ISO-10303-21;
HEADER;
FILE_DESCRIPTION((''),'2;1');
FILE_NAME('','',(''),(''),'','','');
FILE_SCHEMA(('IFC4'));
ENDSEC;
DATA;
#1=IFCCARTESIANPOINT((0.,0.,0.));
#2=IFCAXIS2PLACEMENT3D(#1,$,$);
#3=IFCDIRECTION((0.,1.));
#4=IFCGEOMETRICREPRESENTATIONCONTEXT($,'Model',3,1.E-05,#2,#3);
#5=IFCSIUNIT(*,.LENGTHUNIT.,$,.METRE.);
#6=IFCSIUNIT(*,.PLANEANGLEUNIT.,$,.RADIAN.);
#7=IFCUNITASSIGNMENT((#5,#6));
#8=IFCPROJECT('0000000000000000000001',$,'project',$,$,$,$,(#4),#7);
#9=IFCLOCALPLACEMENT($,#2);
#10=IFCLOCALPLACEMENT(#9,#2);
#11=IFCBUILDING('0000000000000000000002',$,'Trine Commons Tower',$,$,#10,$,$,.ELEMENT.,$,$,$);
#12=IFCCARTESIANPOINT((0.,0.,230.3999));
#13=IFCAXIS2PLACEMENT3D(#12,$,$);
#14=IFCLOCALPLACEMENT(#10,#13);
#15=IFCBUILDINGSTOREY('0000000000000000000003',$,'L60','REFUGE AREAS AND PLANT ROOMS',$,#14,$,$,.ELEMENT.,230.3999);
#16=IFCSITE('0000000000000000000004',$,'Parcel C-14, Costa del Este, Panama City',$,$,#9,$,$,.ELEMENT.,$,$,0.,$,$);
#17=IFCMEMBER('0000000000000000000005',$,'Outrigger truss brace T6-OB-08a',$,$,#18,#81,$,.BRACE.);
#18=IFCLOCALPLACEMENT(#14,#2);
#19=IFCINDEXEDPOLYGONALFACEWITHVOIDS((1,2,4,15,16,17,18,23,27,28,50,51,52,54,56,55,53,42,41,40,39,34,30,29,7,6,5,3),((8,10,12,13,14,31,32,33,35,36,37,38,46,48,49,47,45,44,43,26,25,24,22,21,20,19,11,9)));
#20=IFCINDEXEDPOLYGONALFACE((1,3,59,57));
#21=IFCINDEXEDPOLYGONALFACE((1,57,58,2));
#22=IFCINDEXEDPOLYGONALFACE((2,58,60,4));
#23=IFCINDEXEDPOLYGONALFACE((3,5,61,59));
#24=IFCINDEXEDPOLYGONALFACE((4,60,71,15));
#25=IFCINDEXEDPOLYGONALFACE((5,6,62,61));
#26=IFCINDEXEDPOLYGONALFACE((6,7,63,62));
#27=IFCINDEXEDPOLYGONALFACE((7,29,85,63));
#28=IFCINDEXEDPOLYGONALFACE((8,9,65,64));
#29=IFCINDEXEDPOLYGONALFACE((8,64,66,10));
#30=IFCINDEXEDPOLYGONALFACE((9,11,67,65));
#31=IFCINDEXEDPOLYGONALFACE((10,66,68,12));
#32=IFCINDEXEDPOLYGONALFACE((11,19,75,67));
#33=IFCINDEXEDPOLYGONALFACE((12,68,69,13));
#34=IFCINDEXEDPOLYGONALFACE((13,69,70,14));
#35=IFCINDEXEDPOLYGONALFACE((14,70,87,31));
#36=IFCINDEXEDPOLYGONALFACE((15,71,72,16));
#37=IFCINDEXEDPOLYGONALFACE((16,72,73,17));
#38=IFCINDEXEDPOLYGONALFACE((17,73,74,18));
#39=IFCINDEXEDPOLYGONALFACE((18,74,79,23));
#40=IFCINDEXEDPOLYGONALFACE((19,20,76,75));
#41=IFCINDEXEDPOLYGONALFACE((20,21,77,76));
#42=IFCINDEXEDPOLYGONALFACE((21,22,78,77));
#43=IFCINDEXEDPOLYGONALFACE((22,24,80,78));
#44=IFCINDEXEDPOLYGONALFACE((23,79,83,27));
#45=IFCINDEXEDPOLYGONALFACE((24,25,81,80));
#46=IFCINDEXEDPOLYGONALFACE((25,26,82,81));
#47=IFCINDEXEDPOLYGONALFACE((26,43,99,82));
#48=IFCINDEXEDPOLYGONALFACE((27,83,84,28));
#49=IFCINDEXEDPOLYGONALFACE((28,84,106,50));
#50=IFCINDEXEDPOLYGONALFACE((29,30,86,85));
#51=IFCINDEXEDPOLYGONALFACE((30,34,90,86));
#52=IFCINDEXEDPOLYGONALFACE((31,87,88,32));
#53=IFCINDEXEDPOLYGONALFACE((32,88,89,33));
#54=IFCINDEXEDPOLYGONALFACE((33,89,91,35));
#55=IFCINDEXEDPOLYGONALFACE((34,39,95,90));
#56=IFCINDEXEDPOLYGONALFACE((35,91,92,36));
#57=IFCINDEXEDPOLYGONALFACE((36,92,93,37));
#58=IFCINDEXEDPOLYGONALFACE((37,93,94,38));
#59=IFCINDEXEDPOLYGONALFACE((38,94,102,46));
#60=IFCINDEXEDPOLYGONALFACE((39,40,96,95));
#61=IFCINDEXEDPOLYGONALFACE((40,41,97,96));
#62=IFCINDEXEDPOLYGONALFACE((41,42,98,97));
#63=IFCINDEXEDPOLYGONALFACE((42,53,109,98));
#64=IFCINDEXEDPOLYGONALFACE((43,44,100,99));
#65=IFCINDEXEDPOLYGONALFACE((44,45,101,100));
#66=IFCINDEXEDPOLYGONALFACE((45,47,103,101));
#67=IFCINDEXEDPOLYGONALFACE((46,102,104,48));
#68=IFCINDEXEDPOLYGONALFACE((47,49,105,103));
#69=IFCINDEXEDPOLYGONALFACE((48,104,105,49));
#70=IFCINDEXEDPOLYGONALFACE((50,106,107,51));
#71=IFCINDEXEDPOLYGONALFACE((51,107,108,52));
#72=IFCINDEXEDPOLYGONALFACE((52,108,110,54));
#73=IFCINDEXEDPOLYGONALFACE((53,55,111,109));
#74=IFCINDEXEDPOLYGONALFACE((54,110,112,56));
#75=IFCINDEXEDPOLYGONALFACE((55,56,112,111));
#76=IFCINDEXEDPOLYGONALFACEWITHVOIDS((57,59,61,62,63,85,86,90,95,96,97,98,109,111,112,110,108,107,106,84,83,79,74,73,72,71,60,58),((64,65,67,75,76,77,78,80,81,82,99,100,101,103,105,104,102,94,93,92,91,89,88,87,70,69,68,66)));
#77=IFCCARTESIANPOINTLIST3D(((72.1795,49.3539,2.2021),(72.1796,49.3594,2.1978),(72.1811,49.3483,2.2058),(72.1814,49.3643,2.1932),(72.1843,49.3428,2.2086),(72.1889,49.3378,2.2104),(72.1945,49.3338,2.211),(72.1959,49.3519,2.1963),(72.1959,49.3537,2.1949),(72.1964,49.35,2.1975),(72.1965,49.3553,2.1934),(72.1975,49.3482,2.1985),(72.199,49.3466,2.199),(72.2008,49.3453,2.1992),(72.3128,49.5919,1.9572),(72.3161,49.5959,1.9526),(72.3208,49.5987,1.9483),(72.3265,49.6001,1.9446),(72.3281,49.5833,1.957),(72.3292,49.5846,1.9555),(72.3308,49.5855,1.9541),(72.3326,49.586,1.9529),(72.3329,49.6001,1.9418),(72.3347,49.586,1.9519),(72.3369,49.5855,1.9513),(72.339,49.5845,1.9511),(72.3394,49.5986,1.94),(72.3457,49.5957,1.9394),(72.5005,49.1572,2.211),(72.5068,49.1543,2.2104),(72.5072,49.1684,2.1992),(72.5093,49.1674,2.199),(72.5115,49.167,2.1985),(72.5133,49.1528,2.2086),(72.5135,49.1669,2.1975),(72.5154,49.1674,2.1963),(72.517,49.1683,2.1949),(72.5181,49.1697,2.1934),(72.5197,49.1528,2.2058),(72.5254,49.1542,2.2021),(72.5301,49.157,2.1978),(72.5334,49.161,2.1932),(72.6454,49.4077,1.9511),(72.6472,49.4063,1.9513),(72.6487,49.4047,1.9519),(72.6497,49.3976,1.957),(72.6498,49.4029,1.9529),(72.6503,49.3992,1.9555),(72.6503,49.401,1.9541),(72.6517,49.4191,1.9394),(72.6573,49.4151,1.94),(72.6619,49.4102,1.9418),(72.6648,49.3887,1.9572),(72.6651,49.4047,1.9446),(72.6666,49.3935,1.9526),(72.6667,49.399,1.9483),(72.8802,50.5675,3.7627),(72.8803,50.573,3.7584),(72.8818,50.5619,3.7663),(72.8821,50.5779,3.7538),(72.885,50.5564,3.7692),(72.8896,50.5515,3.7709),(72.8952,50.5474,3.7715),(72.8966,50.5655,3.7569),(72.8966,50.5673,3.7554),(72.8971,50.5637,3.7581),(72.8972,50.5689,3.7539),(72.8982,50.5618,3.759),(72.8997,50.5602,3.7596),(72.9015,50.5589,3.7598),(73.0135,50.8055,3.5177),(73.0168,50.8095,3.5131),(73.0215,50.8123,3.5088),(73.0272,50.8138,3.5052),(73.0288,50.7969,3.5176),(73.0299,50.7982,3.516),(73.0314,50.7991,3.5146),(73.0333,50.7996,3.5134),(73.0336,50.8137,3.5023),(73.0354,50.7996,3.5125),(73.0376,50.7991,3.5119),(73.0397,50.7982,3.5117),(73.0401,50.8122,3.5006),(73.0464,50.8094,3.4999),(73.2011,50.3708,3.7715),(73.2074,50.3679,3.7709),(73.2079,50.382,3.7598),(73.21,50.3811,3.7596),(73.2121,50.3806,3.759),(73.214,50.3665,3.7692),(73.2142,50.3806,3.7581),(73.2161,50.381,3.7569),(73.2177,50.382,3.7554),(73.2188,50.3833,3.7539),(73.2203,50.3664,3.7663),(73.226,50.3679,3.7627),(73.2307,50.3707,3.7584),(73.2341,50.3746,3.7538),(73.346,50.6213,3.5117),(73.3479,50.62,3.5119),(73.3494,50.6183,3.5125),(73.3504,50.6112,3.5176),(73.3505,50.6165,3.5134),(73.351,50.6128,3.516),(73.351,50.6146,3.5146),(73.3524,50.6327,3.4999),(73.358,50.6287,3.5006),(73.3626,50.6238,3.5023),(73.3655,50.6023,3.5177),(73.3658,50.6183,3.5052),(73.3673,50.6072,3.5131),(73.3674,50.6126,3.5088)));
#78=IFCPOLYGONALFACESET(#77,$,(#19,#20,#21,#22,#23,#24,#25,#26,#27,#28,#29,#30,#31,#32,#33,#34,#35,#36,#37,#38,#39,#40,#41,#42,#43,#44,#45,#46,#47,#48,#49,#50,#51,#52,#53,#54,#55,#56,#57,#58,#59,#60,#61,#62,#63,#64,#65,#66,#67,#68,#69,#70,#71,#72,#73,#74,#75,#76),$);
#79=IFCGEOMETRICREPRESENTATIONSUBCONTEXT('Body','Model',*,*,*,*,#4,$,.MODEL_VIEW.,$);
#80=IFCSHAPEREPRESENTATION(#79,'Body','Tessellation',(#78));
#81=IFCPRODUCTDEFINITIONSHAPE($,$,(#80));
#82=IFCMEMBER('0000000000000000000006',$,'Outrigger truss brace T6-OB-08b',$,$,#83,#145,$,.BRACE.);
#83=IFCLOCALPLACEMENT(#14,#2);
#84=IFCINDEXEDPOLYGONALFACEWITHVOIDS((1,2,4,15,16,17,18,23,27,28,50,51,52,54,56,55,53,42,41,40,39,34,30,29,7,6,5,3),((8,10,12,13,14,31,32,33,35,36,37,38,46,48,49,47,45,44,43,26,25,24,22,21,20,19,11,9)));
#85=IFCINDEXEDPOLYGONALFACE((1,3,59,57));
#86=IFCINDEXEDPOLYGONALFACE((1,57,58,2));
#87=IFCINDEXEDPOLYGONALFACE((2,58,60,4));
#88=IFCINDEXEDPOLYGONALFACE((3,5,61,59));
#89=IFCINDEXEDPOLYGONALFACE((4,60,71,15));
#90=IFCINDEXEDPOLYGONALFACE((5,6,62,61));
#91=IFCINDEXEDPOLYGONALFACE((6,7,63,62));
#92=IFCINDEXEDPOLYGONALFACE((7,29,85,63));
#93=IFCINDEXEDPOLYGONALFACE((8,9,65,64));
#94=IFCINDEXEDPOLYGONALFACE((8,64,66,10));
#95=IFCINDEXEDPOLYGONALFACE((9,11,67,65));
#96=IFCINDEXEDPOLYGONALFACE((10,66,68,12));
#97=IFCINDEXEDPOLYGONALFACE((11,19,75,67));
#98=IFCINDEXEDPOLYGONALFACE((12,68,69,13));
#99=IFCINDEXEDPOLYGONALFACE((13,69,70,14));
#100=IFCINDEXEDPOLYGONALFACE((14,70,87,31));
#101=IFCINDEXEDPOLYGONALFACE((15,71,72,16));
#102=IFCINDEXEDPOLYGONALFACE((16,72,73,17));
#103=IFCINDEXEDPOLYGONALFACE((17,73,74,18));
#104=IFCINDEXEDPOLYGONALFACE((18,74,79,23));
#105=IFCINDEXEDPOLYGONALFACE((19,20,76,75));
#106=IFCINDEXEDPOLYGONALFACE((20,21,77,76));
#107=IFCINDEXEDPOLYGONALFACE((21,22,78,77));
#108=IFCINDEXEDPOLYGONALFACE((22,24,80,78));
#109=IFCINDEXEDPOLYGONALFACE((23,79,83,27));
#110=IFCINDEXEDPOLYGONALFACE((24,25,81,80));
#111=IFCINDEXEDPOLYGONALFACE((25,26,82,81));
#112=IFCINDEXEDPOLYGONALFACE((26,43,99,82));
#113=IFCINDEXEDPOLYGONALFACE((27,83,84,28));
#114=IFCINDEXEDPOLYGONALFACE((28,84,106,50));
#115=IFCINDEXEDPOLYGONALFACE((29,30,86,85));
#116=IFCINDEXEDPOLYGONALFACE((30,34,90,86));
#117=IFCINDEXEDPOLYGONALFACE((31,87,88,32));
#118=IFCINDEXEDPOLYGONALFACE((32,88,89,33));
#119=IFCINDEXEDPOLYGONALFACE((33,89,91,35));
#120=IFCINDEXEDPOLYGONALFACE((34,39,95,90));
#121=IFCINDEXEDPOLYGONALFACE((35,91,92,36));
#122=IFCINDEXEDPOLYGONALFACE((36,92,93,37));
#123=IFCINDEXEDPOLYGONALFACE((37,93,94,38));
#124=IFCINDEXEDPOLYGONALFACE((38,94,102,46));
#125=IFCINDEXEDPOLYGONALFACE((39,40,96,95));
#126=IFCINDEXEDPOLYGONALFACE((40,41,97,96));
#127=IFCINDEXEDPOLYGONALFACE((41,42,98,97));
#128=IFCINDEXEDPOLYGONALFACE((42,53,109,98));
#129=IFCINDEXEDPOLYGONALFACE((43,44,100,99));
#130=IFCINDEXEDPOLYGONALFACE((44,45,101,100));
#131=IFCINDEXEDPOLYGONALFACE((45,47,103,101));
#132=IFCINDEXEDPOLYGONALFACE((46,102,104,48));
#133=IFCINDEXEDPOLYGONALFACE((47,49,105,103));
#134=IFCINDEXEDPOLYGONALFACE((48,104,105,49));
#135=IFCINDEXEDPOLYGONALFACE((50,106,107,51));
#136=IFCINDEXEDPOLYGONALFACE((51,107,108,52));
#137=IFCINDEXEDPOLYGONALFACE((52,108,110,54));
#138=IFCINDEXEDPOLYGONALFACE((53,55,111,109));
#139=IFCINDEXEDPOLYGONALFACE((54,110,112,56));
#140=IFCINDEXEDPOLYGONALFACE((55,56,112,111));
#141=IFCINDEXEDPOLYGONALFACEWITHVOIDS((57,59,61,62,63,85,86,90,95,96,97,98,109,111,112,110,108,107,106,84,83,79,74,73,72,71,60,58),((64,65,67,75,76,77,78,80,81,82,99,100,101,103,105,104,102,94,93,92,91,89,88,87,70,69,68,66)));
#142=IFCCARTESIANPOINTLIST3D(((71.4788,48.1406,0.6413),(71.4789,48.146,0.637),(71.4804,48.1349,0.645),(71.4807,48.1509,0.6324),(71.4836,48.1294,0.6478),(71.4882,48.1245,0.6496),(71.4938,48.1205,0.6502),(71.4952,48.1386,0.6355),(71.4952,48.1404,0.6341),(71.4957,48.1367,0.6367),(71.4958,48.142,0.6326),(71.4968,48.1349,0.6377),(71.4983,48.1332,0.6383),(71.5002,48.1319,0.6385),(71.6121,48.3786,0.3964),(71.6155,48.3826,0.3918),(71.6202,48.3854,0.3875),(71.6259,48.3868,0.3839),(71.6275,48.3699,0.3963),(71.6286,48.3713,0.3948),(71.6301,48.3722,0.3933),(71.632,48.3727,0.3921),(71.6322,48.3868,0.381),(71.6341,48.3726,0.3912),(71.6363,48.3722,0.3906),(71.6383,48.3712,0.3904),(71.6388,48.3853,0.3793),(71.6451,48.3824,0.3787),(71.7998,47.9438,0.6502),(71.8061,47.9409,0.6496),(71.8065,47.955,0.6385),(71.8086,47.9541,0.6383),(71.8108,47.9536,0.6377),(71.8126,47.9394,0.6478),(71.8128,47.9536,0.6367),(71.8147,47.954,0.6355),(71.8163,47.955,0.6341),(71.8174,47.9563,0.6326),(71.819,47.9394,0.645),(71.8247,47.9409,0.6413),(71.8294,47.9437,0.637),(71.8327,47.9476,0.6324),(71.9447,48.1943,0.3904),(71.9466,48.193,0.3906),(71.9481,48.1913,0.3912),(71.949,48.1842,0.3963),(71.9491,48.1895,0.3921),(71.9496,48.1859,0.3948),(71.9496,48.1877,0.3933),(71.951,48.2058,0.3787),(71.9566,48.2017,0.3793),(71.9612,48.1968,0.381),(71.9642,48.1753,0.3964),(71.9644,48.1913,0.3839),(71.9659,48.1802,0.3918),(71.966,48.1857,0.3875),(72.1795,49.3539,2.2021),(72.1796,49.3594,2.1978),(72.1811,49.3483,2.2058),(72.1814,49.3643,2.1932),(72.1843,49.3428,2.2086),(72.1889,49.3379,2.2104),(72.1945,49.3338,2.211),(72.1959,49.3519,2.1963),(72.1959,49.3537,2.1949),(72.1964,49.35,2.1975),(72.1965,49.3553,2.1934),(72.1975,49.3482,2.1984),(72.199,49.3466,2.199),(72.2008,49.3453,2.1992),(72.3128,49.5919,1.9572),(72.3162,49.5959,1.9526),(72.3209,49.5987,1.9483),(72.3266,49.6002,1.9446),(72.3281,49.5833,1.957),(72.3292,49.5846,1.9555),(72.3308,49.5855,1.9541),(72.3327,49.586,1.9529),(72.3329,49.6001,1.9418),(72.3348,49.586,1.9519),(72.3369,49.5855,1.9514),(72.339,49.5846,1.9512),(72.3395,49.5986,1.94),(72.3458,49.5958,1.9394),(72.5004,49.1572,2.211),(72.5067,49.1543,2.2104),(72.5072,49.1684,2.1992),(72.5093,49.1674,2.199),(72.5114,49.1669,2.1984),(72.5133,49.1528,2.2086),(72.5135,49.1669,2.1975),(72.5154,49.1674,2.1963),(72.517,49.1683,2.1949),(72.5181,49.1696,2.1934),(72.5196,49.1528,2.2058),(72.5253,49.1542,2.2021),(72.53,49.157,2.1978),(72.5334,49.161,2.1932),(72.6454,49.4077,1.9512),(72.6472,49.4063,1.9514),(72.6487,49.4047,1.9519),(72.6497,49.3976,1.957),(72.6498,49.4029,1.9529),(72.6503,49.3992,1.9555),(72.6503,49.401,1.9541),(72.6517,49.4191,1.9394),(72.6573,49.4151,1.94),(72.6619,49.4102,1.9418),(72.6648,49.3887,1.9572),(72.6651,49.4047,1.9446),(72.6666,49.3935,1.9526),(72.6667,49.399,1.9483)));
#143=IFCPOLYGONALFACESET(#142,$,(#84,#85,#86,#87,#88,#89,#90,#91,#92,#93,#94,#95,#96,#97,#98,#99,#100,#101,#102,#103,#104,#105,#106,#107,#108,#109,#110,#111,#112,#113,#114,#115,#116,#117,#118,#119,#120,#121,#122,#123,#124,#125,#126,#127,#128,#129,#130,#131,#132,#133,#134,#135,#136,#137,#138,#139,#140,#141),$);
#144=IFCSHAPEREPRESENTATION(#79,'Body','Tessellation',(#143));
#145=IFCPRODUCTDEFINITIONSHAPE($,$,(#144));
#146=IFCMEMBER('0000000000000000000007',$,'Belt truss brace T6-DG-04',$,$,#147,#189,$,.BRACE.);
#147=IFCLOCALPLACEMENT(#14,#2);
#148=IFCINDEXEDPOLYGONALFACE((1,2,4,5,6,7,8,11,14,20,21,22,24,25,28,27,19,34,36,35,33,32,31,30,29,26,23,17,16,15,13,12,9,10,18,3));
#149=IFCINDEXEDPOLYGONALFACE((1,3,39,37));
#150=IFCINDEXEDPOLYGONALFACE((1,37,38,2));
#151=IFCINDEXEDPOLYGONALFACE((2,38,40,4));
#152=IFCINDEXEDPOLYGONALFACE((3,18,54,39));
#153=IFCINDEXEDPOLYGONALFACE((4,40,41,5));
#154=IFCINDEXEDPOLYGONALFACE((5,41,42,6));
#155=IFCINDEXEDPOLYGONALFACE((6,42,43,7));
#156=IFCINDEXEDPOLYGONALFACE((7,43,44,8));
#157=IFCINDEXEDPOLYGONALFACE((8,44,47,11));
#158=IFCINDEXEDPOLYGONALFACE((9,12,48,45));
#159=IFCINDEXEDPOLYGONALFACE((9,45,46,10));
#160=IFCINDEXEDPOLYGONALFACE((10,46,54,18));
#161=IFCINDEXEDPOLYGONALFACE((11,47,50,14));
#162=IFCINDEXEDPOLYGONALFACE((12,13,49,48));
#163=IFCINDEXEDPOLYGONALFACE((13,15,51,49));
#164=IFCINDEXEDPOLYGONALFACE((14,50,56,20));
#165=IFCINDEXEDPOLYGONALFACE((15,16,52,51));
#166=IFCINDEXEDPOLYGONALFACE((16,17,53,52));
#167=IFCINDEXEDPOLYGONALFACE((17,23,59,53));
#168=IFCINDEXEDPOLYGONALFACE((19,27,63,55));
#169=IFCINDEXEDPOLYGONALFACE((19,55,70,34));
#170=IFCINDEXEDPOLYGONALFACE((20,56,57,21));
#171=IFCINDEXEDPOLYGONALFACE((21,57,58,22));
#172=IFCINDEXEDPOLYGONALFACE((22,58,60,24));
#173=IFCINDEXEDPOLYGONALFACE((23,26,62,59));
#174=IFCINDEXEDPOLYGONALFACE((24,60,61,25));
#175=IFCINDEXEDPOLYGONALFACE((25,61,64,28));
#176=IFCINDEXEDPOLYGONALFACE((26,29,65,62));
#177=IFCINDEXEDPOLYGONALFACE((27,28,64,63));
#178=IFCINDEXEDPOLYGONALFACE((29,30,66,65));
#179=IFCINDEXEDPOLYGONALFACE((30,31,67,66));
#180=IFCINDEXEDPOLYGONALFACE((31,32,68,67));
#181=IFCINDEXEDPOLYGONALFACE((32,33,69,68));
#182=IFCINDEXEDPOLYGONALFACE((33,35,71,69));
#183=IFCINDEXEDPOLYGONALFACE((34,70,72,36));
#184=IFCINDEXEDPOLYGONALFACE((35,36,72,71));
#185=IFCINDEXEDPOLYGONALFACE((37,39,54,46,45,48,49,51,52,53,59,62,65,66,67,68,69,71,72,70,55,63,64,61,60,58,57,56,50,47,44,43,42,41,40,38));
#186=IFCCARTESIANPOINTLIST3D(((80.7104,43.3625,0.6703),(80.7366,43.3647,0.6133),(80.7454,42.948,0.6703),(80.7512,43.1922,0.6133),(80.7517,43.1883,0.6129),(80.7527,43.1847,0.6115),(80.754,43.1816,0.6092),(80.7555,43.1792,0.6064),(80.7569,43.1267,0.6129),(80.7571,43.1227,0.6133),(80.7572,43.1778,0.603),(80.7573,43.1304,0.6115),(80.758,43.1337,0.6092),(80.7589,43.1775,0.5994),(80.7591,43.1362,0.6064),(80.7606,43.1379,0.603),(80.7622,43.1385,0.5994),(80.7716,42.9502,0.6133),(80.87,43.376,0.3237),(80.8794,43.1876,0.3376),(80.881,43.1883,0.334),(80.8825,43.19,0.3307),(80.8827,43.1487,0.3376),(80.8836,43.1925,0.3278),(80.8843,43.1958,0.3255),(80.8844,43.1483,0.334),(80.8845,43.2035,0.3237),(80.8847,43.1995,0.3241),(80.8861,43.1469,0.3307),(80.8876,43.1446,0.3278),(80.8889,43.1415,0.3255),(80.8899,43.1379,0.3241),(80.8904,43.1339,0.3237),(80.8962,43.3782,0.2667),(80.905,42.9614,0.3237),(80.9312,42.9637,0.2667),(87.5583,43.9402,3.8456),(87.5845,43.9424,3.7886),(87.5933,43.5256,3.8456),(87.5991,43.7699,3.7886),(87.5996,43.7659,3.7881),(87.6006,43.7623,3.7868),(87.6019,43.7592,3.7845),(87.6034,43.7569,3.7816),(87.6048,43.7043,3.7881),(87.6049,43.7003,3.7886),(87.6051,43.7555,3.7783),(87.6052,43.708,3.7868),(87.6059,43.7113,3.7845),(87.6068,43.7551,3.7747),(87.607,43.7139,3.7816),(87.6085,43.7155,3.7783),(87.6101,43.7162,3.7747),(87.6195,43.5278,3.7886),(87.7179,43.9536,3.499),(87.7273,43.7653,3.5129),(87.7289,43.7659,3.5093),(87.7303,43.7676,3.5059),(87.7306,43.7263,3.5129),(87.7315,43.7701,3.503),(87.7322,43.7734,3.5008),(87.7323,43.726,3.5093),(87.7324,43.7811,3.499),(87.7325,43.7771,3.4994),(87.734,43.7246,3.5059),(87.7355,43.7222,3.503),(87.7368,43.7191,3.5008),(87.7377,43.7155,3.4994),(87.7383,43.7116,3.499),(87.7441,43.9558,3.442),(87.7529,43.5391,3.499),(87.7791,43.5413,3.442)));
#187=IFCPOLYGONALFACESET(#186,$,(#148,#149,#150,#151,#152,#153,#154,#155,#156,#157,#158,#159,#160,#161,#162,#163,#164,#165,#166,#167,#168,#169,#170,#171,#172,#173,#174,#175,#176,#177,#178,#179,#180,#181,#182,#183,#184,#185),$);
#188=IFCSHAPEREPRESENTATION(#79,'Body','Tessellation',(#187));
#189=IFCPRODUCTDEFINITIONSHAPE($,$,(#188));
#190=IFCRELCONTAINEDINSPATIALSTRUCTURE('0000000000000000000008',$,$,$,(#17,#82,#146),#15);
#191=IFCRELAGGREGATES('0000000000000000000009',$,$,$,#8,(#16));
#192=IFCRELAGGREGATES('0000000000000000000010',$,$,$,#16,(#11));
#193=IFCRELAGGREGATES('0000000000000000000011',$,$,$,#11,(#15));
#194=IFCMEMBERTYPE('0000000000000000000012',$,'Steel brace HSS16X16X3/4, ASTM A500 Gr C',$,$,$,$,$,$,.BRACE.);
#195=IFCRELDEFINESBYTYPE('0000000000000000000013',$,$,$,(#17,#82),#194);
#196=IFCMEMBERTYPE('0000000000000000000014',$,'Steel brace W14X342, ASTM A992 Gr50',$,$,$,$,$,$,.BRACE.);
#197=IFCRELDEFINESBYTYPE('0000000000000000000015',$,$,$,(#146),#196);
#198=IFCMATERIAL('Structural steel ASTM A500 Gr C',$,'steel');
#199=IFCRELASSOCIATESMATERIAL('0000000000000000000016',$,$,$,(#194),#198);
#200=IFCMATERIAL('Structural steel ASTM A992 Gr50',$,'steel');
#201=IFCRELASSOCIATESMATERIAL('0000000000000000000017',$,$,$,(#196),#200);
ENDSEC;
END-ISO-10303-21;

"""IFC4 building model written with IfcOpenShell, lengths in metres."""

from ifc_helpers import new_model, si_unit, direction, frame, origin, origin_2d, place, context, subcontext, project, spatial, hollow_rectangle, i_section, extrude, material, material_profile, profile_set, type_object, element, save


model = new_model("IFC4")

# Units and contexts
model_context = context("Model", 3, precision=1e-05, world=origin(), true_north=direction((0.0, 1.0)))
body_context = subcontext(model_context, "Body", "Model", "MODEL_VIEW")
ifc_project = project(units=[si_unit("LENGTHUNIT", "METRE"), si_unit("PLANEANGLEUNIT", "RADIAN")], contexts=[model_context])

# Site, building, storey
site_placement = place(None, origin())
site = spatial("IfcSite", under=ifc_project, at=site_placement, Name="Parcel C-14, Costa del Este, Panama City", CompositionType="ELEMENT", RefElevation=0.0)
building_placement = place(site_placement, origin())
building = spatial("IfcBuilding", under=site, at=building_placement, Name="Trine Commons Tower", CompositionType="ELEMENT")
storey_placement = place(building_placement, frame((0.0, 0.0, 230.3999)))
storey = spatial("IfcBuildingStorey", under=building, at=storey_placement, Name="L60", Description="REFUGE AREAS AND PLANT ROOMS", CompositionType="ELEMENT", Elevation=230.3999)

# Members
ifc_material_1 = material(Name="Structural steel ASTM A500 Gr C", Category="steel")
ifc_material_profile_1 = material_profile(ifc_material_1, hollow_rectangle(XDim=0.4065, YDim=0.4065, WallThickness=0.0176, InnerFilletRadius=0.0088, OuterFilletRadius=0.0266, at=origin_2d()), Name="HSS16X16X3/4")
ifc_profile_set_1 = profile_set([ifc_material_profile_1], Name="Structural steel ASTM A500 Gr C")
member_type_1 = type_object("IfcMemberType", Name="Steel brace HSS16X16X3/4, ASTM A500 Gr C", PredefinedType="BRACE", material=ifc_profile_set_1)
for number, where, z_axis, x_axis, name in (
    (1, (73.1238, 50.5901, 3.6357), (-0.33407, -0.578628, -0.744034), (0.866026, -0.499999, 0.0), "Outrigger truss brace T6-OB-08a"),
    (2, (72.4231, 49.3765, 2.0752), (-0.334064, -0.578501, -0.744136), (0.865982, -0.500074, 0.0), "Outrigger truss brace T6-OB-08b"),
):
    element("IfcMember", number, at=place(storey_placement, frame(where, z_axis=z_axis, x_axis=x_axis)), inside=storey, type_object=member_type_1, Name=name, PredefinedType="BRACE", context=body_context, shape_type="SweptSolid", body=[
        extrude(hollow_rectangle(XDim=0.4065, YDim=0.4065, WallThickness=0.0176, InnerFilletRadius=0.0088, OuterFilletRadius=0.0266, at=origin_2d()), origin(), (0.0, 0.0, 1.0), 2.0974),
    ])
ifc_material_2 = material(Name="Structural steel ASTM A992 Gr50", Category="steel")
ifc_material_profile_2 = material_profile(ifc_material_2, i_section(OverallWidth=0.416, OverallDepth=0.4446, WebThickness=0.0391, FlangeThickness=0.0627, FilletRadius=0.0154, at=origin_2d()), Name="W14X342")
ifc_profile_set_2 = profile_set([ifc_material_profile_2], Name="Structural steel ASTM A992 Gr50")
member_type_2 = type_object("IfcMemberType", Name="Steel brace W14X342, ASTM A992 Gr50", PredefinedType="BRACE", material=ifc_profile_set_2)
member_1_placement = place(storey_placement, frame((80.8208, 43.1631, 0.4685), z_axis=(0.904571, 0.076303, 0.419439), x_axis=(-0.084054, 0.996461, 0.0)))
element("IfcMember", 3, at=member_1_placement, inside=storey, type_object=member_type_2, Name="Belt truss brace T6-DG-04", PredefinedType="BRACE", context=body_context, shape_type="SweptSolid", body=[
    extrude(i_section(OverallWidth=0.416, OverallDepth=0.4446, WebThickness=0.0391, FlangeThickness=0.0627, FilletRadius=0.0154, at=origin_2d()), origin(), (0.0, 0.0, 1.0), 7.5703),
])

save(model, "model.ifc")
